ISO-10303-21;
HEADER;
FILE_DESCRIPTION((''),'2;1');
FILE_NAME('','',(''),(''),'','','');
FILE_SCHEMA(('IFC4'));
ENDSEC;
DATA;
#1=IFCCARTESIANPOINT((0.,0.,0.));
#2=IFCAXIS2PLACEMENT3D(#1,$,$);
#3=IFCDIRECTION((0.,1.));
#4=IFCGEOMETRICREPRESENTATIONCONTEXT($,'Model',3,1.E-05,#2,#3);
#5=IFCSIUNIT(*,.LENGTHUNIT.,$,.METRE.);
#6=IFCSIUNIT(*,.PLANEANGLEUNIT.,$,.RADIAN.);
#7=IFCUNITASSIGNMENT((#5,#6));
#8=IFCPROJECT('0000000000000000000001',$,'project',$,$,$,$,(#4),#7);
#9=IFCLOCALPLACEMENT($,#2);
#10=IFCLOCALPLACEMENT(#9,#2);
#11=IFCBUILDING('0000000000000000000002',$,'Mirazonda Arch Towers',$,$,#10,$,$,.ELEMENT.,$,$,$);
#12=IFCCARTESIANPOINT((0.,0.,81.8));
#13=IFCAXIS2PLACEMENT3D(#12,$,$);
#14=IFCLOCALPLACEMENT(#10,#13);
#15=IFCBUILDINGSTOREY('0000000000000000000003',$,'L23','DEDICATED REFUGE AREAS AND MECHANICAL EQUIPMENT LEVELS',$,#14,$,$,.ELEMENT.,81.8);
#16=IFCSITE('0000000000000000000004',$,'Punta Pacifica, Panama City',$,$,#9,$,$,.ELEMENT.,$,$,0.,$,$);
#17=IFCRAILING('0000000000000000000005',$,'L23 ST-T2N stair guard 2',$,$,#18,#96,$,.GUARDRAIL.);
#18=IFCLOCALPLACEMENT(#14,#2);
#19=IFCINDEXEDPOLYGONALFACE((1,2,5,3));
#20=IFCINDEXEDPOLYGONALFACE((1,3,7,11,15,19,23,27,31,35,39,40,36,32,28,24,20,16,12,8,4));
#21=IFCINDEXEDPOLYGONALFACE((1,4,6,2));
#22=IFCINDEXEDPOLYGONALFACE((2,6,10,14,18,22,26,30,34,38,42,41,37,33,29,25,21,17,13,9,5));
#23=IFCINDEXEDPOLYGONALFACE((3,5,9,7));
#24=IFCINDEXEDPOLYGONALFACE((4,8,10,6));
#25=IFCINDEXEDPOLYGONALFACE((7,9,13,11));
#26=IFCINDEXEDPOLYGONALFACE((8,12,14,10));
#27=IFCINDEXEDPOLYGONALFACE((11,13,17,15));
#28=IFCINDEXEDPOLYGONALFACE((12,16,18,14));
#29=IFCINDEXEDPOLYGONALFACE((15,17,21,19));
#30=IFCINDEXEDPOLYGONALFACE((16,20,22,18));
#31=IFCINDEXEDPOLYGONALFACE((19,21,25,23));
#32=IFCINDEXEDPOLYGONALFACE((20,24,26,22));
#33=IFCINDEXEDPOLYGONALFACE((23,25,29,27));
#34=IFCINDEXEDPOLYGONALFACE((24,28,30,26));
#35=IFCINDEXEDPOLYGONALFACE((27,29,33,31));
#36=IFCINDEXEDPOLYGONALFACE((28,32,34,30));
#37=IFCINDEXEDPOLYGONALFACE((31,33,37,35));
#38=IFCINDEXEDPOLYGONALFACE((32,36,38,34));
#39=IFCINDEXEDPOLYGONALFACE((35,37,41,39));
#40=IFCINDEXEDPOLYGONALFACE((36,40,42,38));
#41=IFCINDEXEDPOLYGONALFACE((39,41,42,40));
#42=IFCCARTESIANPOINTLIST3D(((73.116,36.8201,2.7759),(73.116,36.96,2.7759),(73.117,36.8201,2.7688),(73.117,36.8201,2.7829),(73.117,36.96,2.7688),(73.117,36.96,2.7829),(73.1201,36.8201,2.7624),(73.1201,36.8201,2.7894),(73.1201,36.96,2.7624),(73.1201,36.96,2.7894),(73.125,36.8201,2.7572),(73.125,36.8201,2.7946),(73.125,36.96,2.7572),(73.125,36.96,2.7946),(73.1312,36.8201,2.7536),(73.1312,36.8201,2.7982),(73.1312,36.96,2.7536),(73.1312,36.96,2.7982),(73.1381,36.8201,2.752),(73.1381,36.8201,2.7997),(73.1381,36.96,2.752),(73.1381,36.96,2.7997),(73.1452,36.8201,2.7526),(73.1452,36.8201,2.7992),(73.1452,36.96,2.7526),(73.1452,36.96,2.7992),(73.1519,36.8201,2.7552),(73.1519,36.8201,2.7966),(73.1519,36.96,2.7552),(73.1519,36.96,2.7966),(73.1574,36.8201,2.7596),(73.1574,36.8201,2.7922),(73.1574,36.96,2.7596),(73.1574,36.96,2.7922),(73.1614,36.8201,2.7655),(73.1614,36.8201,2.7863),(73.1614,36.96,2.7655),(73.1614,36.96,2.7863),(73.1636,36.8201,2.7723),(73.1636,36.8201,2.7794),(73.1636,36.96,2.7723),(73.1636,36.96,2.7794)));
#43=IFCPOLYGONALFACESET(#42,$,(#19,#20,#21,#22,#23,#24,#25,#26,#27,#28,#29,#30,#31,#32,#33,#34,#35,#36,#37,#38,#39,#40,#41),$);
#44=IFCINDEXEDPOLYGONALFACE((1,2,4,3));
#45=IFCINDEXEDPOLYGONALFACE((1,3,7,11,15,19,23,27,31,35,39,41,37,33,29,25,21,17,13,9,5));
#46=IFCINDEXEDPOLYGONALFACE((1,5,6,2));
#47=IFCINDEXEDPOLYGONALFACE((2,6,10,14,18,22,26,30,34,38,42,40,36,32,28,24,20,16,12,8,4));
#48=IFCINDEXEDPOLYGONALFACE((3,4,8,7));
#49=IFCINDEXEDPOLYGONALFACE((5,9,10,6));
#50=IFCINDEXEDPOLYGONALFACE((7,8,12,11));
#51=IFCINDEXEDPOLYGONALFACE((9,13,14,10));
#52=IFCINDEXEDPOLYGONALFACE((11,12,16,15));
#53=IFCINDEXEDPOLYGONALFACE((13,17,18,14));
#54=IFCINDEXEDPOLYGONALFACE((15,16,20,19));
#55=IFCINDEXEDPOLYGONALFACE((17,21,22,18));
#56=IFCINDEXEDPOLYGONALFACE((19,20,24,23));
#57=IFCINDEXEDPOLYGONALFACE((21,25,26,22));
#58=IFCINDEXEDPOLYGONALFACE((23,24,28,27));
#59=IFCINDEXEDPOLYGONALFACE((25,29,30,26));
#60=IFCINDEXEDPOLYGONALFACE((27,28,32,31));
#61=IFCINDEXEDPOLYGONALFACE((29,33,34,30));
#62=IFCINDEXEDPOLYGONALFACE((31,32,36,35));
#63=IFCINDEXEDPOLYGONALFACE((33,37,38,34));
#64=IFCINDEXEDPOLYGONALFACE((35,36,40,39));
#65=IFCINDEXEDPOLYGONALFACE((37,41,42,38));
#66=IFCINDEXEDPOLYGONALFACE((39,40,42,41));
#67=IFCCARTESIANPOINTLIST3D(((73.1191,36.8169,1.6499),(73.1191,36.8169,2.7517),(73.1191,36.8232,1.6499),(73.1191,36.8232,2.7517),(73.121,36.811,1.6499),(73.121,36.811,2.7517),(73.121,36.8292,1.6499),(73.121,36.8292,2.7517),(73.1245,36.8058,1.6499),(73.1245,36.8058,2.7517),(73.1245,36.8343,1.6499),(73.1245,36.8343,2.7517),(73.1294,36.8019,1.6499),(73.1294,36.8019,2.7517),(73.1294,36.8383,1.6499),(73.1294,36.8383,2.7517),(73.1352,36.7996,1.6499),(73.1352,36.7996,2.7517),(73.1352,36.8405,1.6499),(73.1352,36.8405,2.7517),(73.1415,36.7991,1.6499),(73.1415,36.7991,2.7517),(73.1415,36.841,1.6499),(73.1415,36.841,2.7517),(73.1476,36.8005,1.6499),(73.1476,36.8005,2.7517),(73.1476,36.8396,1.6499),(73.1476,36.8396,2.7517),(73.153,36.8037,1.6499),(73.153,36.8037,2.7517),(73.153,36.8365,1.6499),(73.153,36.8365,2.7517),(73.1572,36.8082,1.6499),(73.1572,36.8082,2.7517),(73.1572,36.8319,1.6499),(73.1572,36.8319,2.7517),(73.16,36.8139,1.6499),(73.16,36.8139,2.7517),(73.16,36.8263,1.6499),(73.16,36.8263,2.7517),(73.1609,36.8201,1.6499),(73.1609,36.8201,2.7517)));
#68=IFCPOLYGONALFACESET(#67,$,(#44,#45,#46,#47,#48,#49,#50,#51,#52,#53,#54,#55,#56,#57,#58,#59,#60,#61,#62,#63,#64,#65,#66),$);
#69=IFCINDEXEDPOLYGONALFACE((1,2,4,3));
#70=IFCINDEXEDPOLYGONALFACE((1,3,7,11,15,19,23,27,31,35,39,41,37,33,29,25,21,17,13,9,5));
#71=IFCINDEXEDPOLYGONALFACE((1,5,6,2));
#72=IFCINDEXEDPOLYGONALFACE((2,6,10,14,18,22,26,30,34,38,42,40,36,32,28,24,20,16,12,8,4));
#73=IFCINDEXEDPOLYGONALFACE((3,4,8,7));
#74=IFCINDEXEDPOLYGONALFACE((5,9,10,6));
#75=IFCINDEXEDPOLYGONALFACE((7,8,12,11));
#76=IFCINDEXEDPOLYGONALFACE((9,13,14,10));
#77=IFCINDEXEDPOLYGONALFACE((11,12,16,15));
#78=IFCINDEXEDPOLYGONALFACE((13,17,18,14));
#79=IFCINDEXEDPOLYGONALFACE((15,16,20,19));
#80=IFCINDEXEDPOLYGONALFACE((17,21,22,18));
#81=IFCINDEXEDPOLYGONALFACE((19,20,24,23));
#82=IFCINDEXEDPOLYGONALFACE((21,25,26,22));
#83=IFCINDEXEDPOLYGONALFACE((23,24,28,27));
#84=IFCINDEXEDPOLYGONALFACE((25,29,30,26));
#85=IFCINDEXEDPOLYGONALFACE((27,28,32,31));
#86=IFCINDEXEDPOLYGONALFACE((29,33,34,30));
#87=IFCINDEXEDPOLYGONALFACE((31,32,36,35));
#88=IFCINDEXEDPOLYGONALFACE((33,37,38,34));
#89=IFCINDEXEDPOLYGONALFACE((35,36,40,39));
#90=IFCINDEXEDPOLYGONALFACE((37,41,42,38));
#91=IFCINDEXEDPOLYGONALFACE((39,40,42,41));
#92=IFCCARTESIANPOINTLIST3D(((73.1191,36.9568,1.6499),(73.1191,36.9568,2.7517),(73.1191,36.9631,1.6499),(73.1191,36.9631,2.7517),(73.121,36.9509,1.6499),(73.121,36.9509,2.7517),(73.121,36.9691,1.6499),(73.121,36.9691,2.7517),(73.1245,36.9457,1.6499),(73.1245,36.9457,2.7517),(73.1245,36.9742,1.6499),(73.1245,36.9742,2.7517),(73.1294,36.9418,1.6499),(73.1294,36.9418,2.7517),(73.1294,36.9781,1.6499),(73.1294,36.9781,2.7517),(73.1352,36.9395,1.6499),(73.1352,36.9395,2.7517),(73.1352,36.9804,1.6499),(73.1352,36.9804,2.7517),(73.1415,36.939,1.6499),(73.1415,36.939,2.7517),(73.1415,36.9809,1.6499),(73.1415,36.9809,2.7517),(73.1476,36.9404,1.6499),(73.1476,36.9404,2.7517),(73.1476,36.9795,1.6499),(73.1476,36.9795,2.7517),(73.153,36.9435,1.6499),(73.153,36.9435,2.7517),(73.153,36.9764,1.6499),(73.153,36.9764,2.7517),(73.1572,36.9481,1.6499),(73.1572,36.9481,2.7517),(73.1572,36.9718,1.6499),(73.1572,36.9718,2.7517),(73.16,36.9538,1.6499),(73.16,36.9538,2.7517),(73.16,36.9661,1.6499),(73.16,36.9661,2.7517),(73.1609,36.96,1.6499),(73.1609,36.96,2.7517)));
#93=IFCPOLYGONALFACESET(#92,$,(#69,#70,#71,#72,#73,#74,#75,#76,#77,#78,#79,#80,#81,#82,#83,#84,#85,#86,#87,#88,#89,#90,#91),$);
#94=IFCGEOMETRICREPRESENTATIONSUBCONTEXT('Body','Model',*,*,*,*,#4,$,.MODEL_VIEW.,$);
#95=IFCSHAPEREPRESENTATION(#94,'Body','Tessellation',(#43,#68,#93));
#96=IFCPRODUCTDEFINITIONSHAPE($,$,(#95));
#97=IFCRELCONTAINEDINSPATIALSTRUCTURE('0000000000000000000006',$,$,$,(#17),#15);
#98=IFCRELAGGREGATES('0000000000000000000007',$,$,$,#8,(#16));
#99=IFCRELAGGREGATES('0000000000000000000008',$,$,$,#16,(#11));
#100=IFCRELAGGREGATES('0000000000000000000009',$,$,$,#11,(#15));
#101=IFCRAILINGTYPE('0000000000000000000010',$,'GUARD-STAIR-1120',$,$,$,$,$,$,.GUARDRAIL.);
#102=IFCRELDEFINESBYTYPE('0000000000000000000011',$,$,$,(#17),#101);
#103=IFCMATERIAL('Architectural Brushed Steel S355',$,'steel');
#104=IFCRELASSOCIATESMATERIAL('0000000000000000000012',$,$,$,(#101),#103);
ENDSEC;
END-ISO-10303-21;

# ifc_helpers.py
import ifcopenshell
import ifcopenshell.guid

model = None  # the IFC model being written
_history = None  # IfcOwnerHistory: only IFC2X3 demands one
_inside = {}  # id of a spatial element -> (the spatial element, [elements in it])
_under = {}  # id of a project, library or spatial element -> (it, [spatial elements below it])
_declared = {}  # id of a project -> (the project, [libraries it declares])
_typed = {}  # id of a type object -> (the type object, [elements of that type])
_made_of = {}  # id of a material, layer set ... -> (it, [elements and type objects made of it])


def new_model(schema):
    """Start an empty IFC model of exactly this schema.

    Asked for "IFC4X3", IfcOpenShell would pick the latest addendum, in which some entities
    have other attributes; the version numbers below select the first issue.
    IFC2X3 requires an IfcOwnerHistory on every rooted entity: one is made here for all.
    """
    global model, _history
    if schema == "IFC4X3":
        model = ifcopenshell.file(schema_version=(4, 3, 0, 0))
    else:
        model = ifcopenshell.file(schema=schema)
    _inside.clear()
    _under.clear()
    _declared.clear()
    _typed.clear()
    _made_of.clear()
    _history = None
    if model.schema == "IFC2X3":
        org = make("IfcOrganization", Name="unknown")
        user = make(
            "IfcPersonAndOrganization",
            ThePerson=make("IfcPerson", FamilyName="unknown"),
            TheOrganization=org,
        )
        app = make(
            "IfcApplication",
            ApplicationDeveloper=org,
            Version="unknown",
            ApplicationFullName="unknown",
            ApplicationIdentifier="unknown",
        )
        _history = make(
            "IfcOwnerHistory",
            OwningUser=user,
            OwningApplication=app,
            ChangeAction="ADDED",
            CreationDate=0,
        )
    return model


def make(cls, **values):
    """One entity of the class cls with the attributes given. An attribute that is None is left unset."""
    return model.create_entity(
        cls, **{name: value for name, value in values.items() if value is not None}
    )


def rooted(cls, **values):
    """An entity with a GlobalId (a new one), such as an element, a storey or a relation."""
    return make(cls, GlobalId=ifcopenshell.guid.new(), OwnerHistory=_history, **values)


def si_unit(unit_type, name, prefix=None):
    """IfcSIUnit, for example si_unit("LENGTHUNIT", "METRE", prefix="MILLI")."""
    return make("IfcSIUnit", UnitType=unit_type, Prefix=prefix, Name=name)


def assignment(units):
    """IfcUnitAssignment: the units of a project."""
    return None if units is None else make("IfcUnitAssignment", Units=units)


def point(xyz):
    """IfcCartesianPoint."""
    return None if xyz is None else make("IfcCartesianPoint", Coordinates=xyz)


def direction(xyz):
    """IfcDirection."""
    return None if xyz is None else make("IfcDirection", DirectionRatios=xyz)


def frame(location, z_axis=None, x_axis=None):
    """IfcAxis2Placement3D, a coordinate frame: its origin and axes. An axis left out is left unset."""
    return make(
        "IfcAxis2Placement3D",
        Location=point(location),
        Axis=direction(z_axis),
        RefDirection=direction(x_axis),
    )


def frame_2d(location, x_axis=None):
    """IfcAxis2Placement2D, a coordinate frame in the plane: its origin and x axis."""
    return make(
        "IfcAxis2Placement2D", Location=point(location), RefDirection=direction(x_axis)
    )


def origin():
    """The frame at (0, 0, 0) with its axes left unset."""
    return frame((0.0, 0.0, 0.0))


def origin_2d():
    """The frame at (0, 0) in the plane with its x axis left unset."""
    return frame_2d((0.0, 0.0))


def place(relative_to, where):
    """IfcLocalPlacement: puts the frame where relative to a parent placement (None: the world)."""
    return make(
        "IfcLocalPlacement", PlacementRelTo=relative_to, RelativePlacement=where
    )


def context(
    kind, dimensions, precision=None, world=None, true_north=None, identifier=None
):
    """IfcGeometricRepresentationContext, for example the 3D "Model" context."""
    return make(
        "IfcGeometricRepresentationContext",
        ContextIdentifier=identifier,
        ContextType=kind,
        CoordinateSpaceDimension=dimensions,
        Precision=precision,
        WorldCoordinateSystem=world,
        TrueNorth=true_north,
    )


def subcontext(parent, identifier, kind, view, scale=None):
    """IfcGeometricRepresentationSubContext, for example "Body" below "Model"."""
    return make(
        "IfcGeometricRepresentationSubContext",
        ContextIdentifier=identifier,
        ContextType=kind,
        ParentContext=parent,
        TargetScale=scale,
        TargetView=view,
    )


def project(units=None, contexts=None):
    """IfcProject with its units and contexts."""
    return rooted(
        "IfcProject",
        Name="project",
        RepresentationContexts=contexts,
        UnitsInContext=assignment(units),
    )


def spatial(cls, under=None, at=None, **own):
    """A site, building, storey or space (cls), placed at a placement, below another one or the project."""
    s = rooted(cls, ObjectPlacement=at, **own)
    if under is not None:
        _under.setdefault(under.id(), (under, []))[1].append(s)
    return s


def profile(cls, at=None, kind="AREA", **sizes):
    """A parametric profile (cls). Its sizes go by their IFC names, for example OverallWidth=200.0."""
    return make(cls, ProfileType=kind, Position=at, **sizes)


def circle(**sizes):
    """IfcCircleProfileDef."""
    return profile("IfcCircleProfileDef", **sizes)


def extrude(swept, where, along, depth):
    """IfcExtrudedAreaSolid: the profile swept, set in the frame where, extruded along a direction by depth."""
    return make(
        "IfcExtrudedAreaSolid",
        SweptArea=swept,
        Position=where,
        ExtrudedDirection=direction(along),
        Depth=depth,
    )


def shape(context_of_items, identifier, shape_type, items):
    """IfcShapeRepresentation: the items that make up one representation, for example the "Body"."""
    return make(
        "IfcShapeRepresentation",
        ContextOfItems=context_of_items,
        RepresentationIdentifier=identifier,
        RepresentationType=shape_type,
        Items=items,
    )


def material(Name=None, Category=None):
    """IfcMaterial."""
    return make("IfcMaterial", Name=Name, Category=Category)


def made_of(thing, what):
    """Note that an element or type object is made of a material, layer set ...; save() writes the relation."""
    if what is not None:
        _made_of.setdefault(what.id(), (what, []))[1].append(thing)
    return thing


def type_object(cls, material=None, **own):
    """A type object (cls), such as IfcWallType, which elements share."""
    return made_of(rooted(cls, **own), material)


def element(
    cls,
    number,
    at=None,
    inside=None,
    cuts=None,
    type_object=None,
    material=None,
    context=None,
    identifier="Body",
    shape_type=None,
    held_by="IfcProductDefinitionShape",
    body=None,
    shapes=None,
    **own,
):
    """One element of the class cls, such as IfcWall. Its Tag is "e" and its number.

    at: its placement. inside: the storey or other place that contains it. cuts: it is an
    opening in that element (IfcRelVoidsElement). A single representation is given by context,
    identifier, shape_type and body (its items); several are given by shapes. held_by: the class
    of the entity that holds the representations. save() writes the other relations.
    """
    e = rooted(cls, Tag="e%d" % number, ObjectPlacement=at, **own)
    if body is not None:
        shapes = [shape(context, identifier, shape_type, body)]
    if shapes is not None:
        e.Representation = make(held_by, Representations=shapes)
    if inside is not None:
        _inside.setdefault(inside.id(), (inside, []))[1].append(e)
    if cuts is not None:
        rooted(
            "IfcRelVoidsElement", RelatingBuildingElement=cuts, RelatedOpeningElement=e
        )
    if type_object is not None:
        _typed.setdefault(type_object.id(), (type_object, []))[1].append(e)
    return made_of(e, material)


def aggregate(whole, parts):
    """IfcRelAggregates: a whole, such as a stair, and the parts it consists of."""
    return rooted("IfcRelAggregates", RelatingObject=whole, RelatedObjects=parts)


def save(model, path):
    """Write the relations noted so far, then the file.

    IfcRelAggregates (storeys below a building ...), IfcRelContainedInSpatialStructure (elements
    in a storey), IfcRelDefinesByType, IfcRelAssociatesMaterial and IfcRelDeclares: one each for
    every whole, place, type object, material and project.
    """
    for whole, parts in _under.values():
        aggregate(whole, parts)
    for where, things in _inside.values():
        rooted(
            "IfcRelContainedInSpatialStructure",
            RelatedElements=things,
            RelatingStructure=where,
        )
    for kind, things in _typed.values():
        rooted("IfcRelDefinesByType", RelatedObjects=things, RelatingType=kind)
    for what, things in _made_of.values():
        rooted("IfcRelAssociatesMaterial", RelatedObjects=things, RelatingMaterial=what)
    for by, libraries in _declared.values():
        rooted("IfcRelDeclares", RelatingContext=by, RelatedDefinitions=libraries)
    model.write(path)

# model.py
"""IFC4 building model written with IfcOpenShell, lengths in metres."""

from ifc_helpers import new_model, si_unit, direction, frame, origin, origin_2d, place, context, subcontext, project, spatial, circle, extrude, material, type_object, element, save


model = new_model("IFC4")

# Units and contexts
model_context = context("Model", 3, precision=1e-05, world=origin(), true_north=direction((0.0, 1.0)))
body_context = subcontext(model_context, "Body", "Model", "MODEL_VIEW")
ifc_project = project(units=[si_unit("LENGTHUNIT", "METRE"), si_unit("PLANEANGLEUNIT", "RADIAN")], contexts=[model_context])

# Site, building, storey
site_placement = place(None, origin())
site = spatial("IfcSite", under=ifc_project, at=site_placement, Name="Punta Pacifica, Panama City", CompositionType="ELEMENT", RefElevation=0.0)
building_placement = place(site_placement, origin())
building = spatial("IfcBuilding", under=site, at=building_placement, Name="Mirazonda Arch Towers", CompositionType="ELEMENT")
storey_placement = place(building_placement, frame((0.0, 0.0, 81.8)))
storey = spatial("IfcBuildingStorey", under=building, at=storey_placement, Name="L23", Description="DEDICATED REFUGE AREAS AND MECHANICAL EQUIPMENT LEVELS", CompositionType="ELEMENT", Elevation=81.8)

# Shared definitions
ifc_material_1 = material(Name="Architectural Brushed Steel S355", Category="steel")

# Railing
railing_type_1 = type_object("IfcRailingType", Name="GUARD-STAIR-1120", PredefinedType="GUARDRAIL", material=ifc_material_1)
railing_1_placement = place(storey_placement, frame((73.1399, 36.8201, 1.6499)))
element("IfcRailing", 1, at=railing_1_placement, inside=storey, type_object=railing_type_1, Name="L23 ST-T2N stair guard 2", PredefinedType="GUARDRAIL", context=body_context, shape_type="SweptSolid", body=[
    extrude(circle(Radius=0.0239, at=origin_2d()), frame((0.0, 0.0, 1.126), z_axis=(0.0, 1.0, 0.0), x_axis=(-1.0, 0.0, 0.0)), (0.0, 0.0, 1.0), 0.1399),
    extrude(circle(Radius=0.021, at=origin_2d()), origin(), (0.0, 0.0, 1.0), 1.1018),
    extrude(circle(Radius=0.021, at=origin_2d()), frame((0.0, 0.1399, 0.0)), (0.0, 0.0, 1.0), 1.1018),
])

save(model, "model.ifc")
